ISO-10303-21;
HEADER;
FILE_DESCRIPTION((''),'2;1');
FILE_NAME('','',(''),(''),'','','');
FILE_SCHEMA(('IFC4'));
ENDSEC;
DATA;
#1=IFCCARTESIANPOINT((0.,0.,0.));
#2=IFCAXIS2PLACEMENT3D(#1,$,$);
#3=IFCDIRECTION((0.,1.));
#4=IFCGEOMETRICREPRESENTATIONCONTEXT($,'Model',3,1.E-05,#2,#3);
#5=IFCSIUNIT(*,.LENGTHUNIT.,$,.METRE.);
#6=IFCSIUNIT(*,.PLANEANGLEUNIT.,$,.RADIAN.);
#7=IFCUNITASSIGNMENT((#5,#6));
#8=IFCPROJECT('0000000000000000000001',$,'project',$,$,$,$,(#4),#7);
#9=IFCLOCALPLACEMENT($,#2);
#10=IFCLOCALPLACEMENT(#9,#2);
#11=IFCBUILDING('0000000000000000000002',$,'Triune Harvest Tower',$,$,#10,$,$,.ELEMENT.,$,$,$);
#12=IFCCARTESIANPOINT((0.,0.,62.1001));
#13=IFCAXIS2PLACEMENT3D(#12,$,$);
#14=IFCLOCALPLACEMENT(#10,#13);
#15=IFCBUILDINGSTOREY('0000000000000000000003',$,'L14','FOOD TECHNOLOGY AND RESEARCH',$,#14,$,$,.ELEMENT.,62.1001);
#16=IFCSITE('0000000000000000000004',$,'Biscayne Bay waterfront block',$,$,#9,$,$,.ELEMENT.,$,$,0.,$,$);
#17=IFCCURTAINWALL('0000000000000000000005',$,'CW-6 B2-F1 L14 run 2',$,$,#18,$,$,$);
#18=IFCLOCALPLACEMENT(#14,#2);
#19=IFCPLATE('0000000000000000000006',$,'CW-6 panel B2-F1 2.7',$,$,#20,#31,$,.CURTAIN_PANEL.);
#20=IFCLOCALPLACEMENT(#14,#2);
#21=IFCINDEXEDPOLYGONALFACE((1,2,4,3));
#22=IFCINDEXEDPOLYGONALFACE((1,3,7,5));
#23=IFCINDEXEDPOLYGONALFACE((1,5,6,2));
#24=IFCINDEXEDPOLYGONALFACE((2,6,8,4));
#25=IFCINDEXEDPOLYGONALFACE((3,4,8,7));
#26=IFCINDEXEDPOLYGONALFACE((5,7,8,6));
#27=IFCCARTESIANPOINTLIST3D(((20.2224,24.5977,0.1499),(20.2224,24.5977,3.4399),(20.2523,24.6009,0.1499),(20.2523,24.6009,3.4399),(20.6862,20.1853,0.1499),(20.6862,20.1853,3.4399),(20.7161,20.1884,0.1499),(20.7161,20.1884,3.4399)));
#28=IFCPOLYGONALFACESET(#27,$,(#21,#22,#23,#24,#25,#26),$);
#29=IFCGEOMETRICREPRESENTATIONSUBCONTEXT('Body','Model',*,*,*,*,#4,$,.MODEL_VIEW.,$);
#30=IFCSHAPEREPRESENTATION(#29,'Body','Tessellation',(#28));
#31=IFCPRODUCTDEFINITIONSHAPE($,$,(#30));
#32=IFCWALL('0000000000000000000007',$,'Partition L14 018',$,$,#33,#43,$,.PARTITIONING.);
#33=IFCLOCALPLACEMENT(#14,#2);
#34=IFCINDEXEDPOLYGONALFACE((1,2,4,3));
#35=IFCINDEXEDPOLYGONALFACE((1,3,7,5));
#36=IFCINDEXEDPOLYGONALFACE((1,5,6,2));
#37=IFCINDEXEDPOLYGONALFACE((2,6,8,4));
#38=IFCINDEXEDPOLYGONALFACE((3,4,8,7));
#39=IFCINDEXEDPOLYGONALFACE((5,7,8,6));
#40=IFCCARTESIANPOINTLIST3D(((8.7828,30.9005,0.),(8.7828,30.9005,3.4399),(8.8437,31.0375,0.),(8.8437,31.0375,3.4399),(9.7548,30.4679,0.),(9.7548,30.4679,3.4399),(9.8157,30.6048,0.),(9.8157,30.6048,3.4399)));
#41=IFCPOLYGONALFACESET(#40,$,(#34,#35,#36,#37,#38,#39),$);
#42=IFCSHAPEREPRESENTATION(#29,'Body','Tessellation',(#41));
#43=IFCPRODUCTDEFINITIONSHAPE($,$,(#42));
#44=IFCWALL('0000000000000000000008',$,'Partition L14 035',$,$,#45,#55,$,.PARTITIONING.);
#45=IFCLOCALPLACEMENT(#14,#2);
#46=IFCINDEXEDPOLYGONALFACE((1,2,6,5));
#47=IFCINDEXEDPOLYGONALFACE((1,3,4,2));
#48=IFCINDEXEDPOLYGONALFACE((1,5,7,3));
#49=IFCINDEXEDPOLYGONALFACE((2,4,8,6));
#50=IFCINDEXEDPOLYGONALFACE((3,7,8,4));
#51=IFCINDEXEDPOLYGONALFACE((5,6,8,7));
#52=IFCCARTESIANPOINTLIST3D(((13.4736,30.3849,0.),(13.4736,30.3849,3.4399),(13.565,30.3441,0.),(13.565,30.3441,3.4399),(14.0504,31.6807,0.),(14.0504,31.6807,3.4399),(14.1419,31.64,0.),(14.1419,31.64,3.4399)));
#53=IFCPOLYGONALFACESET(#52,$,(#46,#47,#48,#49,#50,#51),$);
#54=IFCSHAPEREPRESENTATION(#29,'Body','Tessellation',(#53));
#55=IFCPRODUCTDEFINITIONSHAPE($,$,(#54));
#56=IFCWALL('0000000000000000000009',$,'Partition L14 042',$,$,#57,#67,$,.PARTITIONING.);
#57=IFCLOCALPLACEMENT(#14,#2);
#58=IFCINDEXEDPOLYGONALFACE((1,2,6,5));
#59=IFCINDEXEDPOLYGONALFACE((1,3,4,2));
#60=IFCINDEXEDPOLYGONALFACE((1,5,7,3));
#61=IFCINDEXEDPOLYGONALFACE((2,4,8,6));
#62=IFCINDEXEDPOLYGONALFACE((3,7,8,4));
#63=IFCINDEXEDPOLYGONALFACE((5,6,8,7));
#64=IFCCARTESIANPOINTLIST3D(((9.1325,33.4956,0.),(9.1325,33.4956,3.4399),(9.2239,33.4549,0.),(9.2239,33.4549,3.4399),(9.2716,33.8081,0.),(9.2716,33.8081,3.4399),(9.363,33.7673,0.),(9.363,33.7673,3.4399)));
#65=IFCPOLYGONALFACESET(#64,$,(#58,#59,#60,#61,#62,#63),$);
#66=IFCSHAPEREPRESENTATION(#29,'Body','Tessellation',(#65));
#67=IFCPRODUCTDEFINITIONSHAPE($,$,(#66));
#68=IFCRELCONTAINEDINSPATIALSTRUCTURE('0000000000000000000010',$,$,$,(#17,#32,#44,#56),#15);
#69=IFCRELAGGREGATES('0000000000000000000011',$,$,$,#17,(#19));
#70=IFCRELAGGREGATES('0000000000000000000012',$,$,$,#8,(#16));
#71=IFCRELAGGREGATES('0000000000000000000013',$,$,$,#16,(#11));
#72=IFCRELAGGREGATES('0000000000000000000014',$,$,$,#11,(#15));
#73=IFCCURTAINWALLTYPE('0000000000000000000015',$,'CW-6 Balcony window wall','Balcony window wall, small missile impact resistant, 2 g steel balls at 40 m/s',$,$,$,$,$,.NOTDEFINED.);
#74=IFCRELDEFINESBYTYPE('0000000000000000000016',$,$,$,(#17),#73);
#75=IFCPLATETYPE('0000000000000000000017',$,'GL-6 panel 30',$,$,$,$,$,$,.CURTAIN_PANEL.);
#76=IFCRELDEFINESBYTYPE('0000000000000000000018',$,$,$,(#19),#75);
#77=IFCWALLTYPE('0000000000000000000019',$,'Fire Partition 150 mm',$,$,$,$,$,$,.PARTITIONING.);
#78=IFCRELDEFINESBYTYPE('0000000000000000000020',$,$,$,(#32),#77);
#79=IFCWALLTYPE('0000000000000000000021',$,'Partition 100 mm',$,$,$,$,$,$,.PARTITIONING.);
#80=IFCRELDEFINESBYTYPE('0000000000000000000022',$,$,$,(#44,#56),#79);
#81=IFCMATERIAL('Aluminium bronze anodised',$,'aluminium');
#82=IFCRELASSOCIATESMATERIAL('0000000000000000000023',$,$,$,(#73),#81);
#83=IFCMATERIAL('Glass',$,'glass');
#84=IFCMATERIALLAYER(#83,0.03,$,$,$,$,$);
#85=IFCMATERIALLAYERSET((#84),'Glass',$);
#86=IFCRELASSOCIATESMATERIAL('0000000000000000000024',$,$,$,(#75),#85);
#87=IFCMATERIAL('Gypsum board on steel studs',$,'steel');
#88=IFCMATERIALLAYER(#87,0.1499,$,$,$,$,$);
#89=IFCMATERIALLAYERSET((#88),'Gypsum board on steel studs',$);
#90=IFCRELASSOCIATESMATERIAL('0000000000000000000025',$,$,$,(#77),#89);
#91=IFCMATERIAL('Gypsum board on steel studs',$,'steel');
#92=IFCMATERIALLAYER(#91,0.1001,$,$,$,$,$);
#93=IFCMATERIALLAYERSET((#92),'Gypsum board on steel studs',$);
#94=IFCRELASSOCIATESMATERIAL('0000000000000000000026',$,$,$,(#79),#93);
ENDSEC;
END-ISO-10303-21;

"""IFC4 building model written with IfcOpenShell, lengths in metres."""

from ifc_helpers import new_model, si_unit, direction, frame, frame_2d, origin, origin_2d, place, context, subcontext, project, spatial, rectangle, extrude, source, transform, mapped, material, layer, layer_set, type_object, element, aggregate, save


model = new_model("IFC4")

# Units and contexts
model_context = context("Model", 3, precision=1e-05, world=origin(), true_north=direction((0.0, 1.0)))
body_context = subcontext(model_context, "Body", "Model", "MODEL_VIEW")
ifc_project = project(units=[si_unit("LENGTHUNIT", "METRE"), si_unit("PLANEANGLEUNIT", "RADIAN")], contexts=[model_context])

# Site, building, storey
site_placement = place(None, origin())
site = spatial("IfcSite", under=ifc_project, at=site_placement, Name="Biscayne Bay waterfront block", CompositionType="ELEMENT", RefElevation=0.0)
building_placement = place(site_placement, origin())
building = spatial("IfcBuilding", under=site, at=building_placement, Name="Triune Harvest Tower", CompositionType="ELEMENT")
storey_placement = place(building_placement, frame((0.0, 0.0, 62.1001)))
storey = spatial("IfcBuildingStorey", under=building, at=storey_placement, Name="L14", Description="FOOD TECHNOLOGY AND RESEARCH", CompositionType="ELEMENT", Elevation=62.1001)

# Curtain wall
ifc_material_1 = material(Name="Aluminium bronze anodised", Category="aluminium")
curtain_wall_type_1 = type_object("IfcCurtainWallType", Name="CW-6 Balcony window wall", Description="Balcony window wall, small missile impact resistant, 2 g steel balls at 40 m/s", PredefinedType="NOTDEFINED", material=ifc_material_1)
curtain_wall_1_placement = place(storey_placement, origin())
curtain_wall_1 = element("IfcCurtainWall", 1, at=curtain_wall_1_placement, inside=storey, type_object=curtain_wall_type_1, Name="CW-6 B2-F1 L14 run 2")

# Plate
ifc_material_2 = material(Name="Glass", Category="glass")
ifc_layer_1 = layer(ifc_material_2, 0.03)
ifc_layer_set_1 = layer_set([ifc_layer_1], Name="Glass")
plate_type_1 = type_object("IfcPlateType", Name="GL-6 panel 30", PredefinedType="CURTAIN_PANEL", material=ifc_layer_set_1)
shared_shape_1 = source(origin(), body_context, "Body", "SweptSolid", [
    extrude(rectangle(XDim=4.4368, YDim=0.03, at=origin_2d()), origin(), (0.0, 0.0, 1.0), 3.29),
])
plate_1_placement = place(storey_placement, frame((20.4692, 22.3931, 0.1499), z_axis=(0.0, 0.0, 1.0), x_axis=(-0.104528, 0.994522, 0.0)))
plate_1 = element("IfcPlate", 2, at=plate_1_placement, type_object=plate_type_1, Name="CW-6 panel B2-F1 2.7", PredefinedType="CURTAIN_PANEL", context=body_context, shape_type="MappedRepresentation", body=[
    mapped(shared_shape_1, transform((0.0, 0.0, 0.0), scale=1.0)),
])
aggregate(curtain_wall_1, [plate_1])

# Walls
ifc_material_3 = material(Name="Gypsum board on steel studs", Category="steel")
ifc_layer_2 = layer(ifc_material_3, 0.1499)
ifc_layer_set_2 = layer_set([ifc_layer_2], Name="Gypsum board on steel studs")
wall_type_1 = type_object("IfcWallType", Name="Fire Partition 150 mm", PredefinedType="PARTITIONING", material=ifc_layer_set_2)
shared_shape_2 = source(origin(), body_context, "Body", "SweptSolid", [
    extrude(rectangle(XDim=1.064, YDim=0.1499, at=frame_2d((0.532, 0.0))), origin(), (0.0, 0.0, 1.0), 3.4399),
])
wall_1_placement = place(storey_placement, frame((8.8132, 30.969, 0.0), z_axis=(0.0, 0.0, 1.0), x_axis=(0.913584, -0.406649, 0.0)))
element("IfcWall", 3, at=wall_1_placement, inside=storey, type_object=wall_type_1, Name="Partition L14 018", PredefinedType="PARTITIONING", context=body_context, shape_type="MappedRepresentation", body=[
    mapped(shared_shape_2, transform((0.0, 0.0, 0.0), scale=1.0)),
])
ifc_material_4 = material(Name="Gypsum board on steel studs", Category="steel")
ifc_layer_3 = layer(ifc_material_4, 0.1001)
ifc_layer_set_3 = layer_set([ifc_layer_3], Name="Gypsum board on steel studs")
wall_type_2 = type_object("IfcWallType", Name="Partition 100 mm", PredefinedType="PARTITIONING", material=ifc_layer_set_3)
shared_shape_3 = source(origin(), body_context, "Body", "SweptSolid", [
    extrude(rectangle(XDim=1.4185, YDim=0.1001, at=frame_2d((0.7092, 0.0))), origin(), (0.0, 0.0, 1.0), 3.4399),
])
wall_2_placement = place(storey_placement, frame((13.5193, 30.3645, 0.0), z_axis=(0.0, 0.0, 1.0), x_axis=(0.406697, 0.913563, 0.0)))
element("IfcWall", 4, at=wall_2_placement, inside=storey, type_object=wall_type_2, Name="Partition L14 035", PredefinedType="PARTITIONING", context=body_context, shape_type="MappedRepresentation", body=[
    mapped(shared_shape_3, transform((0.0, 0.0, 0.0), scale=1.0)),
])
shared_shape_4 = source(origin(), body_context, "Body", "SweptSolid", [
    extrude(rectangle(XDim=0.342, YDim=0.1001, at=frame_2d((0.1709, 0.0))), origin(), (0.0, 0.0, 1.0), 3.4399),
])
wall_3_placement = place(storey_placement, frame((9.1782, 33.4753, 0.0), z_axis=(0.0, 0.0, 1.0), x_axis=(0.406801, 0.913517, 0.0)))
element("IfcWall", 5, at=wall_3_placement, inside=storey, type_object=wall_type_2, Name="Partition L14 042", PredefinedType="PARTITIONING", context=body_context, shape_type="MappedRepresentation", body=[
    mapped(shared_shape_4, transform((0.0, 0.0, 0.0), scale=1.0)),
])

save(model, "model.ifc")
